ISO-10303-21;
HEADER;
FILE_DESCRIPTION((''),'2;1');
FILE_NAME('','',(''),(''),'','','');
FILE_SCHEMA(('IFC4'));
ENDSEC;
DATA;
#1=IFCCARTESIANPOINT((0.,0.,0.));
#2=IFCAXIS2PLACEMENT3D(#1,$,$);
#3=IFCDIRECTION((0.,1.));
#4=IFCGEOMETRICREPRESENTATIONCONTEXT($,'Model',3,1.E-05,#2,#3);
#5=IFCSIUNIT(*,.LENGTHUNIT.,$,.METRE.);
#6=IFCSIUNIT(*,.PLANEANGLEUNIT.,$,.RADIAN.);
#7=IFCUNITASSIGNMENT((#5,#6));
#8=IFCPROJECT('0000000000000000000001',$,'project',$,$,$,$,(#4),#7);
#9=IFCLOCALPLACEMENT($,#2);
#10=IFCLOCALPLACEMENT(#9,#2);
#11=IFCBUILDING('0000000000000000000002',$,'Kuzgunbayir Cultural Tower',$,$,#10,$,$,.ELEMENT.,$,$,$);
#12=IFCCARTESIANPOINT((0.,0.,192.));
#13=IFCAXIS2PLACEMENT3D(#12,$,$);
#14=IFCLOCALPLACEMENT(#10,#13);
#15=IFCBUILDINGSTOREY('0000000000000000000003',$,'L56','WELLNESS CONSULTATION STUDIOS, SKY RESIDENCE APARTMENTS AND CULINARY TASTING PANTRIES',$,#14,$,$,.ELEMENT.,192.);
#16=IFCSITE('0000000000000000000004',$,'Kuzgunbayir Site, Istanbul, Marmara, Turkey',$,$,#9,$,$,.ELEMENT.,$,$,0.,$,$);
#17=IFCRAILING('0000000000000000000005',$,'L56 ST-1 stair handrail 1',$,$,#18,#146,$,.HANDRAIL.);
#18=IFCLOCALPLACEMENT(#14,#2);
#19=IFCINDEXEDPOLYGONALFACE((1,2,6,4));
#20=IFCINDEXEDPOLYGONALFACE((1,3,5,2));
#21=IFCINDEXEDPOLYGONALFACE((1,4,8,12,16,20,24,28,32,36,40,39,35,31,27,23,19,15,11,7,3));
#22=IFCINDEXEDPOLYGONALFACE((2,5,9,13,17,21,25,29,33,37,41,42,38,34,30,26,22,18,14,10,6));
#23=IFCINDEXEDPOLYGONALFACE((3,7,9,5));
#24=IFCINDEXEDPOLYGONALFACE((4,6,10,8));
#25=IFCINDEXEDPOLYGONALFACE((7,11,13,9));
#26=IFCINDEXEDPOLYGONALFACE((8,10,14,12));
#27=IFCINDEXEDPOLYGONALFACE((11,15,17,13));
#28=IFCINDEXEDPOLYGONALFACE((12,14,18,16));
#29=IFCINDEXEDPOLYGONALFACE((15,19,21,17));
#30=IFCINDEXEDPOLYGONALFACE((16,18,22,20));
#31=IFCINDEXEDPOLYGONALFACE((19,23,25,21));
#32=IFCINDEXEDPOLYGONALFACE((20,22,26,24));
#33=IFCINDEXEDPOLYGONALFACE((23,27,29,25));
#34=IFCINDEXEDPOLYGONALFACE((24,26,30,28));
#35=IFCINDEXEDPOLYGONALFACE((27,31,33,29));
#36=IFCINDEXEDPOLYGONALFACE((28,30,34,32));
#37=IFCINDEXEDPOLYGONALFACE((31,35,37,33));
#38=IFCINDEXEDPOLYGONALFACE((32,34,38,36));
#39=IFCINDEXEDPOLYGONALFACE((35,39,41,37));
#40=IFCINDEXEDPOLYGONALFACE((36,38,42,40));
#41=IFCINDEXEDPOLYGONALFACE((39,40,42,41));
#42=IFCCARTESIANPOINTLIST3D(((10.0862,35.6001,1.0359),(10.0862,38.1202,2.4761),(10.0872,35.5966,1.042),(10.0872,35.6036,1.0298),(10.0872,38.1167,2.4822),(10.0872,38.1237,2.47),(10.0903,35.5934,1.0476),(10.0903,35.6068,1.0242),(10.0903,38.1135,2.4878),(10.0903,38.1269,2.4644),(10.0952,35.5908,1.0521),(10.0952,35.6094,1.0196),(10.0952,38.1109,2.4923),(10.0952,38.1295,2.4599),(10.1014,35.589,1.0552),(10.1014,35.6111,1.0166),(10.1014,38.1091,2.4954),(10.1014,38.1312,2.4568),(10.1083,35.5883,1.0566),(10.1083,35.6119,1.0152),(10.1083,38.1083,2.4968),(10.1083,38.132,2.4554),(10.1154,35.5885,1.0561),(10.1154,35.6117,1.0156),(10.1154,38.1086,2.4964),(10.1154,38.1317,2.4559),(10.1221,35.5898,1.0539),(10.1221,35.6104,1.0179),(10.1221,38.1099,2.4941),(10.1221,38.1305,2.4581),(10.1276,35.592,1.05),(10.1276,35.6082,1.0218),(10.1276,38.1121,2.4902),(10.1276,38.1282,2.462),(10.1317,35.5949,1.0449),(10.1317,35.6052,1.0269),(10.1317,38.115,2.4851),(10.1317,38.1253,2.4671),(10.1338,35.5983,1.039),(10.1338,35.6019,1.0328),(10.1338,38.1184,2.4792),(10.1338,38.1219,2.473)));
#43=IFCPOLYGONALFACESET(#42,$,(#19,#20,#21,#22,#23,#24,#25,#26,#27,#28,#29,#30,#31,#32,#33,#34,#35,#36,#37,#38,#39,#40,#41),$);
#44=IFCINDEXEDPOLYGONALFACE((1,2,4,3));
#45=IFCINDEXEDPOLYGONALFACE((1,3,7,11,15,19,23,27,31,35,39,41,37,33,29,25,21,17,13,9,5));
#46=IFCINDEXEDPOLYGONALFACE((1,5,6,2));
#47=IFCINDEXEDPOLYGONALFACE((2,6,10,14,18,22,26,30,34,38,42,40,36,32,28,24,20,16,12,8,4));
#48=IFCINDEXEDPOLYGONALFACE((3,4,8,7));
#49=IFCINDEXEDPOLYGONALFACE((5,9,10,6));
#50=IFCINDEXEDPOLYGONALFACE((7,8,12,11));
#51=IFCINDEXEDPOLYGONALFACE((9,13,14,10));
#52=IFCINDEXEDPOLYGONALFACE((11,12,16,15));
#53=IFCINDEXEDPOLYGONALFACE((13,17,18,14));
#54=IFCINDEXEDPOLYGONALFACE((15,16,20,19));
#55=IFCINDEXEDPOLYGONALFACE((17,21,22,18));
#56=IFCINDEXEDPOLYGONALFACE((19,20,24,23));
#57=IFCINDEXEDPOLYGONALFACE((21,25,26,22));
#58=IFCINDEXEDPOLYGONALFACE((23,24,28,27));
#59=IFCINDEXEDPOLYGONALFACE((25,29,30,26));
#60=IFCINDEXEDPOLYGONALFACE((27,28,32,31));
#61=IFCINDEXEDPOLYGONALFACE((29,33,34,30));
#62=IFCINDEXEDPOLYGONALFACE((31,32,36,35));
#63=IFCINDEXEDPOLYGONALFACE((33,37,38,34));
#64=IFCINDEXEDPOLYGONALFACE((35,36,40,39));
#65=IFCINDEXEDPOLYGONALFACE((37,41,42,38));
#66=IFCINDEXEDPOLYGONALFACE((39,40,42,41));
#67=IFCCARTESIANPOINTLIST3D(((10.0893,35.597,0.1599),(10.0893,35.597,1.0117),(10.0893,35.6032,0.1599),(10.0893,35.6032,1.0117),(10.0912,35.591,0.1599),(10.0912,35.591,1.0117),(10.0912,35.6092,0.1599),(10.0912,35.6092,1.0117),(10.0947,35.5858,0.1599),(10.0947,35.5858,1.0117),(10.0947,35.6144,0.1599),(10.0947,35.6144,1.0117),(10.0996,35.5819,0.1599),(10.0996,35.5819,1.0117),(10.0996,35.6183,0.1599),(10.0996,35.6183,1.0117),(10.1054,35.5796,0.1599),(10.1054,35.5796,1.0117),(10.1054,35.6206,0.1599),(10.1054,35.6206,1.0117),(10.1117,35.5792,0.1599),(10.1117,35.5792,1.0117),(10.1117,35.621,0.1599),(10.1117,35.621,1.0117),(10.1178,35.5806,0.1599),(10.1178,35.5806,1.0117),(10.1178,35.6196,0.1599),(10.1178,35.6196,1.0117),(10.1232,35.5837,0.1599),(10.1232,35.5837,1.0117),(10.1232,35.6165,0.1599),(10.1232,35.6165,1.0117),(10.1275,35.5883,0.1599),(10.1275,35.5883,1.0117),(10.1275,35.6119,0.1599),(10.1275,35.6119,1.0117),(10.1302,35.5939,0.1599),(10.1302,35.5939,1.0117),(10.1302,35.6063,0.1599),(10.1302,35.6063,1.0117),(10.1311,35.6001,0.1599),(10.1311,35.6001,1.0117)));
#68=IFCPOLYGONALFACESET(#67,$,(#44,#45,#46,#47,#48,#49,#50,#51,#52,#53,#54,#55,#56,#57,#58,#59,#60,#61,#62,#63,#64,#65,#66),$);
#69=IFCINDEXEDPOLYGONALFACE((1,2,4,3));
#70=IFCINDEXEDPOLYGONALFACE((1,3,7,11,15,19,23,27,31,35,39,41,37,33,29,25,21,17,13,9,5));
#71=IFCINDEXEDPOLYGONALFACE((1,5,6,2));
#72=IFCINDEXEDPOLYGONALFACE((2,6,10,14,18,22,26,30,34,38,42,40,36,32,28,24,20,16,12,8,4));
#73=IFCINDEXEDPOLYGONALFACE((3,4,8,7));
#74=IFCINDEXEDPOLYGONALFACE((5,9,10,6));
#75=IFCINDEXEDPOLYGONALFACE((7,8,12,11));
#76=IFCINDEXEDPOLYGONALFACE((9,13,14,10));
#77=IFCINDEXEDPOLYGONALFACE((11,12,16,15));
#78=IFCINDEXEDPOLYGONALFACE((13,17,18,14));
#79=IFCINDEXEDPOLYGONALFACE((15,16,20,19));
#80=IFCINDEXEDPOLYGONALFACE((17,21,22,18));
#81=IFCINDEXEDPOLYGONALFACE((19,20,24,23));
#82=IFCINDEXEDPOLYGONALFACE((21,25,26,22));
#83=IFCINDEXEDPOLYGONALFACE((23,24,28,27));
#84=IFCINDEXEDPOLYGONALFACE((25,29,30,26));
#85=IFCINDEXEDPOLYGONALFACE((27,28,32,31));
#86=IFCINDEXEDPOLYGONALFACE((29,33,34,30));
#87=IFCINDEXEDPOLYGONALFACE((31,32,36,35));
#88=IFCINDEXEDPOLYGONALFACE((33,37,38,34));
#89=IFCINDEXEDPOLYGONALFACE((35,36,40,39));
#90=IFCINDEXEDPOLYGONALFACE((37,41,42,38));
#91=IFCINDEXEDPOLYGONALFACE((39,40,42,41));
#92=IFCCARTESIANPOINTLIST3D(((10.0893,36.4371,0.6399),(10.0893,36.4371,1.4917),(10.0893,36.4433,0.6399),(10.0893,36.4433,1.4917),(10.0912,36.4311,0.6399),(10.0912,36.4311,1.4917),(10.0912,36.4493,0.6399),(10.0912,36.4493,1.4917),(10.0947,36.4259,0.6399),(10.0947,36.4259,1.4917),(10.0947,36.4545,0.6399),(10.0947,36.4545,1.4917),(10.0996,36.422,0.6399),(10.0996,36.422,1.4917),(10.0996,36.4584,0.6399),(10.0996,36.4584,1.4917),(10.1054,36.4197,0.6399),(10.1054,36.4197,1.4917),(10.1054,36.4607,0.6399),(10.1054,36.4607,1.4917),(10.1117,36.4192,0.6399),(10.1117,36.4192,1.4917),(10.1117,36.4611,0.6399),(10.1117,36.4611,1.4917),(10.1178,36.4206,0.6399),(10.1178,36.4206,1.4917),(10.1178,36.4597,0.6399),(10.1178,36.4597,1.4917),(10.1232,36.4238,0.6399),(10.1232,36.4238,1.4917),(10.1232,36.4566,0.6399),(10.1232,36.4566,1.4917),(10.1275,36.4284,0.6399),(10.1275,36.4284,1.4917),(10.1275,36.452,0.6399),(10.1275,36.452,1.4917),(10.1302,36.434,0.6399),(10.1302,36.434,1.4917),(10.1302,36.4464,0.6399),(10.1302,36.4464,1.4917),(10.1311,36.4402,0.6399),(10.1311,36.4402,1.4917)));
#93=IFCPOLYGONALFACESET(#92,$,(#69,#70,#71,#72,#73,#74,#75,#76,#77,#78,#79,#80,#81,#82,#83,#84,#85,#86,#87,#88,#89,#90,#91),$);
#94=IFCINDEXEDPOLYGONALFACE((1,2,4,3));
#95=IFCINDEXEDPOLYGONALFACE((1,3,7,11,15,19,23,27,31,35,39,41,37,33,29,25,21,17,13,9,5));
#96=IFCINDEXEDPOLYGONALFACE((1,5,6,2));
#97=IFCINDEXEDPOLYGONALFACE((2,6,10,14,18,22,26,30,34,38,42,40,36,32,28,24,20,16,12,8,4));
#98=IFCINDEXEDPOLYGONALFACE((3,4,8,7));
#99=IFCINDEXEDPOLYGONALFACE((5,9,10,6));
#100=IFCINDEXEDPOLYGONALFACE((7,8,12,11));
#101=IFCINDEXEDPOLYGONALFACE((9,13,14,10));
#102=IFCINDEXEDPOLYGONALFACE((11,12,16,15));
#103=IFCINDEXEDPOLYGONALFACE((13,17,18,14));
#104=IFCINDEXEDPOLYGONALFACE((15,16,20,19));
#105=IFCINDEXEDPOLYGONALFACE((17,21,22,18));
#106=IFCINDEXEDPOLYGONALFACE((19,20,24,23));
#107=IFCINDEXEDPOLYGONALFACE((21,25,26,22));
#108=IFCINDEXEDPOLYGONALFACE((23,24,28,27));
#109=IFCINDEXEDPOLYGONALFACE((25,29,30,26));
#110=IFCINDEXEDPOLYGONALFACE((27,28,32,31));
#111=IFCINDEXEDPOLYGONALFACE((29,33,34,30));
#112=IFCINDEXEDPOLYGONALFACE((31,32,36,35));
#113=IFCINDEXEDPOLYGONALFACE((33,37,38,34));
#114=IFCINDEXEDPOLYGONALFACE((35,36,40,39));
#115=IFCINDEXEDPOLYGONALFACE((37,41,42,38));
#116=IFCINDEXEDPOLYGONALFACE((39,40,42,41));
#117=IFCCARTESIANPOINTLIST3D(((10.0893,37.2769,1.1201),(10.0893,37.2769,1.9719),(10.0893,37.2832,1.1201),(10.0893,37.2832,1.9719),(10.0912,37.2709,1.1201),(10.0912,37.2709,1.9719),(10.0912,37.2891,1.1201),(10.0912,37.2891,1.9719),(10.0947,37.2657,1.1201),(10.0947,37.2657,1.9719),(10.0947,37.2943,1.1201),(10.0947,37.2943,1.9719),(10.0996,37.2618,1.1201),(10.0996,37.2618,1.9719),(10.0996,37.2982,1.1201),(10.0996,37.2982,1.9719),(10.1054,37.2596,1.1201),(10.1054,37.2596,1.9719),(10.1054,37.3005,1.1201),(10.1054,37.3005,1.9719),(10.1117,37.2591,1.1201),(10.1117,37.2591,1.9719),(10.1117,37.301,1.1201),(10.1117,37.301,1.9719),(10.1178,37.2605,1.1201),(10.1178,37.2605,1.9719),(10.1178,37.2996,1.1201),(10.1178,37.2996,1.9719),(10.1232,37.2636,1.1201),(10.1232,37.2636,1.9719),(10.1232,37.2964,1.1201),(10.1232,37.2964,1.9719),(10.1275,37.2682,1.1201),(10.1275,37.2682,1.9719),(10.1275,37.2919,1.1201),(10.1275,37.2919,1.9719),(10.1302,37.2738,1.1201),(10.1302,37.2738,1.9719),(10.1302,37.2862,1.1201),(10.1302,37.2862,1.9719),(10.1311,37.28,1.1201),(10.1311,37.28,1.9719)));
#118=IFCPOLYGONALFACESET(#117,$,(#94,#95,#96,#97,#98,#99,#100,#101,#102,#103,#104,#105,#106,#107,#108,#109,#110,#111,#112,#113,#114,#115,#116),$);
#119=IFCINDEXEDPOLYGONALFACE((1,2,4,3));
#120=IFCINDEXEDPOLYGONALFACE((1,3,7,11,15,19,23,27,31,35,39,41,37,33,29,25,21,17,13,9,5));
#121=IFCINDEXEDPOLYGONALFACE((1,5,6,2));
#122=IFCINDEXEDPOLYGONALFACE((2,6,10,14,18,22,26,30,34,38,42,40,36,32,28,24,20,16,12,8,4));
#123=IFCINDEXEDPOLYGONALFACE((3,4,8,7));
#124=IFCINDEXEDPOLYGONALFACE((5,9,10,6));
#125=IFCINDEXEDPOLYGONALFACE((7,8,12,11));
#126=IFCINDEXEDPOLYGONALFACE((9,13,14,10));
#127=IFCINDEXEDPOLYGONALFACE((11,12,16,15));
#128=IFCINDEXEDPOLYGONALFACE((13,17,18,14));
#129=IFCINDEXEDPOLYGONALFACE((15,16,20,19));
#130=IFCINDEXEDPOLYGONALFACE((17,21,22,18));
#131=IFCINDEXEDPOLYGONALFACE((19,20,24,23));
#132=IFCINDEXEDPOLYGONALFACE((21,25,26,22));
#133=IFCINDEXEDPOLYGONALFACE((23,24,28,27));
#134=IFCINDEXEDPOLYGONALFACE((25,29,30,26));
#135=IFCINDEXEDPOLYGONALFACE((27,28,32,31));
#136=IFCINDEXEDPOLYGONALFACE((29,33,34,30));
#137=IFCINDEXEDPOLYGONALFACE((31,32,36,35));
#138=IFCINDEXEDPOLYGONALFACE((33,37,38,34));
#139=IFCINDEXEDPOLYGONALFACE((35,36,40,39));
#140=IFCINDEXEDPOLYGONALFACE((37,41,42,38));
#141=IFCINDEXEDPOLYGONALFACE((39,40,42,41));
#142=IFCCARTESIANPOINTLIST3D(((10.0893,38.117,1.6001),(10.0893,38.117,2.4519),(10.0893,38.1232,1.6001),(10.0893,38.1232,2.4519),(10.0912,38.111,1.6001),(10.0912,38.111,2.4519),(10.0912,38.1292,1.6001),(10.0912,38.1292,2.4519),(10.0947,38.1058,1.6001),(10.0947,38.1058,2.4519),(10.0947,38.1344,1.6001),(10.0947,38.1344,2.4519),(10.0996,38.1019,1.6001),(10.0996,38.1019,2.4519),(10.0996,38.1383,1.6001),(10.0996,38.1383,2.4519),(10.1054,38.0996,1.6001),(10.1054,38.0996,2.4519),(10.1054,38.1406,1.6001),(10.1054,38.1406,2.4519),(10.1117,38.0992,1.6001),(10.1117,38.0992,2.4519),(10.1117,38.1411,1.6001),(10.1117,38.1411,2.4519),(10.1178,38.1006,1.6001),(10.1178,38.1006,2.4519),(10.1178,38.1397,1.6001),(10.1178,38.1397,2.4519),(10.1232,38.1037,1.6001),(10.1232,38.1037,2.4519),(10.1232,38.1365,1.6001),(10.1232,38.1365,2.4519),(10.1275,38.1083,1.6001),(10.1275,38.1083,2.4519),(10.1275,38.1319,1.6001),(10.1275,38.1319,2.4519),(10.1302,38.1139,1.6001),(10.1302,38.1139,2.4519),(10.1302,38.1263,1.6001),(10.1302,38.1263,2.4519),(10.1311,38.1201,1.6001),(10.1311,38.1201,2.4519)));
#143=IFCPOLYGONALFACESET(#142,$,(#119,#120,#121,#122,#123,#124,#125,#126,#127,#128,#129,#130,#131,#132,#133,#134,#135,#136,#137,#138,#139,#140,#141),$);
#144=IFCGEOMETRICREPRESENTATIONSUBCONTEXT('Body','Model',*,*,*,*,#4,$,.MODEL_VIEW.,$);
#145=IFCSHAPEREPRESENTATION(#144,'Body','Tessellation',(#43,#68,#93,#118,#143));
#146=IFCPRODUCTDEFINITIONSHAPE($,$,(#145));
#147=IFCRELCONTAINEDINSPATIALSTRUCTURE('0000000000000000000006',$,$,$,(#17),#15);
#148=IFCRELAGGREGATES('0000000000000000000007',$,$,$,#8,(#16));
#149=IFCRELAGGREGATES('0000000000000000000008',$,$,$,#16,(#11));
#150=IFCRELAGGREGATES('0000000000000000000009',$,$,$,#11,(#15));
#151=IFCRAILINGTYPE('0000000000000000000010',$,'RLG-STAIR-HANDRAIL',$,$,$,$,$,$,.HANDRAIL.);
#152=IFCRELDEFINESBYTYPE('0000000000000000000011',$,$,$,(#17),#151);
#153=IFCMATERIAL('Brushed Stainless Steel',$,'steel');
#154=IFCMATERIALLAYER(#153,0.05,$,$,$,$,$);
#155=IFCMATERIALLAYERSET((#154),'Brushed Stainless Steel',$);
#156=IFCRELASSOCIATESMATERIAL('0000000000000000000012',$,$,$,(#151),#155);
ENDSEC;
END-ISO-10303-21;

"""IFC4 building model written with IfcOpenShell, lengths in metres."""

from ifc_helpers import new_model, si_unit, direction, frame, origin, origin_2d, place, context, subcontext, project, spatial, circle, extrude, material, layer, layer_set, type_object, element, save


model = new_model("IFC4")

# Units and contexts
model_context = context("Model", 3, precision=1e-05, world=origin(), true_north=direction((0.0, 1.0)))
body_context = subcontext(model_context, "Body", "Model", "MODEL_VIEW")
ifc_project = project(units=[si_unit("LENGTHUNIT", "METRE"), si_unit("PLANEANGLEUNIT", "RADIAN")], contexts=[model_context])

# Site, building, storey
site_placement = place(None, origin())
site = spatial("IfcSite", under=ifc_project, at=site_placement, Name="Kuzgunbayir Site, Istanbul, Marmara, Turkey", CompositionType="ELEMENT", RefElevation=0.0)
building_placement = place(site_placement, origin())
building = spatial("IfcBuilding", under=site, at=building_placement, Name="Kuzgunbayir Cultural Tower", CompositionType="ELEMENT")
storey_placement = place(building_placement, frame((0.0, 0.0, 192.0)))
storey = spatial("IfcBuildingStorey", under=building, at=storey_placement, Name="L56", Description="WELLNESS CONSULTATION STUDIOS, SKY RESIDENCE APARTMENTS AND CULINARY TASTING PANTRIES", CompositionType="ELEMENT", Elevation=192.0)

# Shared definitions
ifc_material_1 = material(Name="Brushed Stainless Steel", Category="steel")

# Railing
ifc_layer_1 = layer(ifc_material_1, 0.05)
ifc_layer_set_1 = layer_set([ifc_layer_1], Name="Brushed Stainless Steel")
railing_type_1 = type_object("IfcRailingType", Name="RLG-STAIR-HANDRAIL", PredefinedType="HANDRAIL", material=ifc_layer_set_1)
railing_1_placement = place(storey_placement, frame((10.1101, 35.6001, 0.1599)))
element("IfcRailing", 1, at=railing_1_placement, inside=storey, type_object=railing_type_1, Name="L56 ST-1 stair handrail 1", PredefinedType="HANDRAIL", context=body_context, shape_type="SweptSolid", body=[
    extrude(circle(Radius=0.0239, at=origin_2d()), frame((0.0, 0.0, 0.876), z_axis=(0.0, 0.868217, 0.496184), x_axis=(-1.0, 0.0, 0.0)), (0.0, 0.0, 1.0), 2.9026),
    extrude(circle(Radius=0.021, at=origin_2d()), origin(), (0.0, 0.0, 1.0), 0.8518),
    extrude(circle(Radius=0.021, at=origin_2d()), frame((0.0, 0.8401, 0.48)), (0.0, 0.0, 1.0), 0.8518),
    extrude(circle(Radius=0.021, at=origin_2d()), frame((0.0, 1.6799, 0.9602)), (0.0, 0.0, 1.0), 0.8518),
    extrude(circle(Radius=0.021, at=origin_2d()), frame((0.0, 2.52, 1.4402)), (0.0, 0.0, 1.0), 0.8518),
])

save(model, "model.ifc")
